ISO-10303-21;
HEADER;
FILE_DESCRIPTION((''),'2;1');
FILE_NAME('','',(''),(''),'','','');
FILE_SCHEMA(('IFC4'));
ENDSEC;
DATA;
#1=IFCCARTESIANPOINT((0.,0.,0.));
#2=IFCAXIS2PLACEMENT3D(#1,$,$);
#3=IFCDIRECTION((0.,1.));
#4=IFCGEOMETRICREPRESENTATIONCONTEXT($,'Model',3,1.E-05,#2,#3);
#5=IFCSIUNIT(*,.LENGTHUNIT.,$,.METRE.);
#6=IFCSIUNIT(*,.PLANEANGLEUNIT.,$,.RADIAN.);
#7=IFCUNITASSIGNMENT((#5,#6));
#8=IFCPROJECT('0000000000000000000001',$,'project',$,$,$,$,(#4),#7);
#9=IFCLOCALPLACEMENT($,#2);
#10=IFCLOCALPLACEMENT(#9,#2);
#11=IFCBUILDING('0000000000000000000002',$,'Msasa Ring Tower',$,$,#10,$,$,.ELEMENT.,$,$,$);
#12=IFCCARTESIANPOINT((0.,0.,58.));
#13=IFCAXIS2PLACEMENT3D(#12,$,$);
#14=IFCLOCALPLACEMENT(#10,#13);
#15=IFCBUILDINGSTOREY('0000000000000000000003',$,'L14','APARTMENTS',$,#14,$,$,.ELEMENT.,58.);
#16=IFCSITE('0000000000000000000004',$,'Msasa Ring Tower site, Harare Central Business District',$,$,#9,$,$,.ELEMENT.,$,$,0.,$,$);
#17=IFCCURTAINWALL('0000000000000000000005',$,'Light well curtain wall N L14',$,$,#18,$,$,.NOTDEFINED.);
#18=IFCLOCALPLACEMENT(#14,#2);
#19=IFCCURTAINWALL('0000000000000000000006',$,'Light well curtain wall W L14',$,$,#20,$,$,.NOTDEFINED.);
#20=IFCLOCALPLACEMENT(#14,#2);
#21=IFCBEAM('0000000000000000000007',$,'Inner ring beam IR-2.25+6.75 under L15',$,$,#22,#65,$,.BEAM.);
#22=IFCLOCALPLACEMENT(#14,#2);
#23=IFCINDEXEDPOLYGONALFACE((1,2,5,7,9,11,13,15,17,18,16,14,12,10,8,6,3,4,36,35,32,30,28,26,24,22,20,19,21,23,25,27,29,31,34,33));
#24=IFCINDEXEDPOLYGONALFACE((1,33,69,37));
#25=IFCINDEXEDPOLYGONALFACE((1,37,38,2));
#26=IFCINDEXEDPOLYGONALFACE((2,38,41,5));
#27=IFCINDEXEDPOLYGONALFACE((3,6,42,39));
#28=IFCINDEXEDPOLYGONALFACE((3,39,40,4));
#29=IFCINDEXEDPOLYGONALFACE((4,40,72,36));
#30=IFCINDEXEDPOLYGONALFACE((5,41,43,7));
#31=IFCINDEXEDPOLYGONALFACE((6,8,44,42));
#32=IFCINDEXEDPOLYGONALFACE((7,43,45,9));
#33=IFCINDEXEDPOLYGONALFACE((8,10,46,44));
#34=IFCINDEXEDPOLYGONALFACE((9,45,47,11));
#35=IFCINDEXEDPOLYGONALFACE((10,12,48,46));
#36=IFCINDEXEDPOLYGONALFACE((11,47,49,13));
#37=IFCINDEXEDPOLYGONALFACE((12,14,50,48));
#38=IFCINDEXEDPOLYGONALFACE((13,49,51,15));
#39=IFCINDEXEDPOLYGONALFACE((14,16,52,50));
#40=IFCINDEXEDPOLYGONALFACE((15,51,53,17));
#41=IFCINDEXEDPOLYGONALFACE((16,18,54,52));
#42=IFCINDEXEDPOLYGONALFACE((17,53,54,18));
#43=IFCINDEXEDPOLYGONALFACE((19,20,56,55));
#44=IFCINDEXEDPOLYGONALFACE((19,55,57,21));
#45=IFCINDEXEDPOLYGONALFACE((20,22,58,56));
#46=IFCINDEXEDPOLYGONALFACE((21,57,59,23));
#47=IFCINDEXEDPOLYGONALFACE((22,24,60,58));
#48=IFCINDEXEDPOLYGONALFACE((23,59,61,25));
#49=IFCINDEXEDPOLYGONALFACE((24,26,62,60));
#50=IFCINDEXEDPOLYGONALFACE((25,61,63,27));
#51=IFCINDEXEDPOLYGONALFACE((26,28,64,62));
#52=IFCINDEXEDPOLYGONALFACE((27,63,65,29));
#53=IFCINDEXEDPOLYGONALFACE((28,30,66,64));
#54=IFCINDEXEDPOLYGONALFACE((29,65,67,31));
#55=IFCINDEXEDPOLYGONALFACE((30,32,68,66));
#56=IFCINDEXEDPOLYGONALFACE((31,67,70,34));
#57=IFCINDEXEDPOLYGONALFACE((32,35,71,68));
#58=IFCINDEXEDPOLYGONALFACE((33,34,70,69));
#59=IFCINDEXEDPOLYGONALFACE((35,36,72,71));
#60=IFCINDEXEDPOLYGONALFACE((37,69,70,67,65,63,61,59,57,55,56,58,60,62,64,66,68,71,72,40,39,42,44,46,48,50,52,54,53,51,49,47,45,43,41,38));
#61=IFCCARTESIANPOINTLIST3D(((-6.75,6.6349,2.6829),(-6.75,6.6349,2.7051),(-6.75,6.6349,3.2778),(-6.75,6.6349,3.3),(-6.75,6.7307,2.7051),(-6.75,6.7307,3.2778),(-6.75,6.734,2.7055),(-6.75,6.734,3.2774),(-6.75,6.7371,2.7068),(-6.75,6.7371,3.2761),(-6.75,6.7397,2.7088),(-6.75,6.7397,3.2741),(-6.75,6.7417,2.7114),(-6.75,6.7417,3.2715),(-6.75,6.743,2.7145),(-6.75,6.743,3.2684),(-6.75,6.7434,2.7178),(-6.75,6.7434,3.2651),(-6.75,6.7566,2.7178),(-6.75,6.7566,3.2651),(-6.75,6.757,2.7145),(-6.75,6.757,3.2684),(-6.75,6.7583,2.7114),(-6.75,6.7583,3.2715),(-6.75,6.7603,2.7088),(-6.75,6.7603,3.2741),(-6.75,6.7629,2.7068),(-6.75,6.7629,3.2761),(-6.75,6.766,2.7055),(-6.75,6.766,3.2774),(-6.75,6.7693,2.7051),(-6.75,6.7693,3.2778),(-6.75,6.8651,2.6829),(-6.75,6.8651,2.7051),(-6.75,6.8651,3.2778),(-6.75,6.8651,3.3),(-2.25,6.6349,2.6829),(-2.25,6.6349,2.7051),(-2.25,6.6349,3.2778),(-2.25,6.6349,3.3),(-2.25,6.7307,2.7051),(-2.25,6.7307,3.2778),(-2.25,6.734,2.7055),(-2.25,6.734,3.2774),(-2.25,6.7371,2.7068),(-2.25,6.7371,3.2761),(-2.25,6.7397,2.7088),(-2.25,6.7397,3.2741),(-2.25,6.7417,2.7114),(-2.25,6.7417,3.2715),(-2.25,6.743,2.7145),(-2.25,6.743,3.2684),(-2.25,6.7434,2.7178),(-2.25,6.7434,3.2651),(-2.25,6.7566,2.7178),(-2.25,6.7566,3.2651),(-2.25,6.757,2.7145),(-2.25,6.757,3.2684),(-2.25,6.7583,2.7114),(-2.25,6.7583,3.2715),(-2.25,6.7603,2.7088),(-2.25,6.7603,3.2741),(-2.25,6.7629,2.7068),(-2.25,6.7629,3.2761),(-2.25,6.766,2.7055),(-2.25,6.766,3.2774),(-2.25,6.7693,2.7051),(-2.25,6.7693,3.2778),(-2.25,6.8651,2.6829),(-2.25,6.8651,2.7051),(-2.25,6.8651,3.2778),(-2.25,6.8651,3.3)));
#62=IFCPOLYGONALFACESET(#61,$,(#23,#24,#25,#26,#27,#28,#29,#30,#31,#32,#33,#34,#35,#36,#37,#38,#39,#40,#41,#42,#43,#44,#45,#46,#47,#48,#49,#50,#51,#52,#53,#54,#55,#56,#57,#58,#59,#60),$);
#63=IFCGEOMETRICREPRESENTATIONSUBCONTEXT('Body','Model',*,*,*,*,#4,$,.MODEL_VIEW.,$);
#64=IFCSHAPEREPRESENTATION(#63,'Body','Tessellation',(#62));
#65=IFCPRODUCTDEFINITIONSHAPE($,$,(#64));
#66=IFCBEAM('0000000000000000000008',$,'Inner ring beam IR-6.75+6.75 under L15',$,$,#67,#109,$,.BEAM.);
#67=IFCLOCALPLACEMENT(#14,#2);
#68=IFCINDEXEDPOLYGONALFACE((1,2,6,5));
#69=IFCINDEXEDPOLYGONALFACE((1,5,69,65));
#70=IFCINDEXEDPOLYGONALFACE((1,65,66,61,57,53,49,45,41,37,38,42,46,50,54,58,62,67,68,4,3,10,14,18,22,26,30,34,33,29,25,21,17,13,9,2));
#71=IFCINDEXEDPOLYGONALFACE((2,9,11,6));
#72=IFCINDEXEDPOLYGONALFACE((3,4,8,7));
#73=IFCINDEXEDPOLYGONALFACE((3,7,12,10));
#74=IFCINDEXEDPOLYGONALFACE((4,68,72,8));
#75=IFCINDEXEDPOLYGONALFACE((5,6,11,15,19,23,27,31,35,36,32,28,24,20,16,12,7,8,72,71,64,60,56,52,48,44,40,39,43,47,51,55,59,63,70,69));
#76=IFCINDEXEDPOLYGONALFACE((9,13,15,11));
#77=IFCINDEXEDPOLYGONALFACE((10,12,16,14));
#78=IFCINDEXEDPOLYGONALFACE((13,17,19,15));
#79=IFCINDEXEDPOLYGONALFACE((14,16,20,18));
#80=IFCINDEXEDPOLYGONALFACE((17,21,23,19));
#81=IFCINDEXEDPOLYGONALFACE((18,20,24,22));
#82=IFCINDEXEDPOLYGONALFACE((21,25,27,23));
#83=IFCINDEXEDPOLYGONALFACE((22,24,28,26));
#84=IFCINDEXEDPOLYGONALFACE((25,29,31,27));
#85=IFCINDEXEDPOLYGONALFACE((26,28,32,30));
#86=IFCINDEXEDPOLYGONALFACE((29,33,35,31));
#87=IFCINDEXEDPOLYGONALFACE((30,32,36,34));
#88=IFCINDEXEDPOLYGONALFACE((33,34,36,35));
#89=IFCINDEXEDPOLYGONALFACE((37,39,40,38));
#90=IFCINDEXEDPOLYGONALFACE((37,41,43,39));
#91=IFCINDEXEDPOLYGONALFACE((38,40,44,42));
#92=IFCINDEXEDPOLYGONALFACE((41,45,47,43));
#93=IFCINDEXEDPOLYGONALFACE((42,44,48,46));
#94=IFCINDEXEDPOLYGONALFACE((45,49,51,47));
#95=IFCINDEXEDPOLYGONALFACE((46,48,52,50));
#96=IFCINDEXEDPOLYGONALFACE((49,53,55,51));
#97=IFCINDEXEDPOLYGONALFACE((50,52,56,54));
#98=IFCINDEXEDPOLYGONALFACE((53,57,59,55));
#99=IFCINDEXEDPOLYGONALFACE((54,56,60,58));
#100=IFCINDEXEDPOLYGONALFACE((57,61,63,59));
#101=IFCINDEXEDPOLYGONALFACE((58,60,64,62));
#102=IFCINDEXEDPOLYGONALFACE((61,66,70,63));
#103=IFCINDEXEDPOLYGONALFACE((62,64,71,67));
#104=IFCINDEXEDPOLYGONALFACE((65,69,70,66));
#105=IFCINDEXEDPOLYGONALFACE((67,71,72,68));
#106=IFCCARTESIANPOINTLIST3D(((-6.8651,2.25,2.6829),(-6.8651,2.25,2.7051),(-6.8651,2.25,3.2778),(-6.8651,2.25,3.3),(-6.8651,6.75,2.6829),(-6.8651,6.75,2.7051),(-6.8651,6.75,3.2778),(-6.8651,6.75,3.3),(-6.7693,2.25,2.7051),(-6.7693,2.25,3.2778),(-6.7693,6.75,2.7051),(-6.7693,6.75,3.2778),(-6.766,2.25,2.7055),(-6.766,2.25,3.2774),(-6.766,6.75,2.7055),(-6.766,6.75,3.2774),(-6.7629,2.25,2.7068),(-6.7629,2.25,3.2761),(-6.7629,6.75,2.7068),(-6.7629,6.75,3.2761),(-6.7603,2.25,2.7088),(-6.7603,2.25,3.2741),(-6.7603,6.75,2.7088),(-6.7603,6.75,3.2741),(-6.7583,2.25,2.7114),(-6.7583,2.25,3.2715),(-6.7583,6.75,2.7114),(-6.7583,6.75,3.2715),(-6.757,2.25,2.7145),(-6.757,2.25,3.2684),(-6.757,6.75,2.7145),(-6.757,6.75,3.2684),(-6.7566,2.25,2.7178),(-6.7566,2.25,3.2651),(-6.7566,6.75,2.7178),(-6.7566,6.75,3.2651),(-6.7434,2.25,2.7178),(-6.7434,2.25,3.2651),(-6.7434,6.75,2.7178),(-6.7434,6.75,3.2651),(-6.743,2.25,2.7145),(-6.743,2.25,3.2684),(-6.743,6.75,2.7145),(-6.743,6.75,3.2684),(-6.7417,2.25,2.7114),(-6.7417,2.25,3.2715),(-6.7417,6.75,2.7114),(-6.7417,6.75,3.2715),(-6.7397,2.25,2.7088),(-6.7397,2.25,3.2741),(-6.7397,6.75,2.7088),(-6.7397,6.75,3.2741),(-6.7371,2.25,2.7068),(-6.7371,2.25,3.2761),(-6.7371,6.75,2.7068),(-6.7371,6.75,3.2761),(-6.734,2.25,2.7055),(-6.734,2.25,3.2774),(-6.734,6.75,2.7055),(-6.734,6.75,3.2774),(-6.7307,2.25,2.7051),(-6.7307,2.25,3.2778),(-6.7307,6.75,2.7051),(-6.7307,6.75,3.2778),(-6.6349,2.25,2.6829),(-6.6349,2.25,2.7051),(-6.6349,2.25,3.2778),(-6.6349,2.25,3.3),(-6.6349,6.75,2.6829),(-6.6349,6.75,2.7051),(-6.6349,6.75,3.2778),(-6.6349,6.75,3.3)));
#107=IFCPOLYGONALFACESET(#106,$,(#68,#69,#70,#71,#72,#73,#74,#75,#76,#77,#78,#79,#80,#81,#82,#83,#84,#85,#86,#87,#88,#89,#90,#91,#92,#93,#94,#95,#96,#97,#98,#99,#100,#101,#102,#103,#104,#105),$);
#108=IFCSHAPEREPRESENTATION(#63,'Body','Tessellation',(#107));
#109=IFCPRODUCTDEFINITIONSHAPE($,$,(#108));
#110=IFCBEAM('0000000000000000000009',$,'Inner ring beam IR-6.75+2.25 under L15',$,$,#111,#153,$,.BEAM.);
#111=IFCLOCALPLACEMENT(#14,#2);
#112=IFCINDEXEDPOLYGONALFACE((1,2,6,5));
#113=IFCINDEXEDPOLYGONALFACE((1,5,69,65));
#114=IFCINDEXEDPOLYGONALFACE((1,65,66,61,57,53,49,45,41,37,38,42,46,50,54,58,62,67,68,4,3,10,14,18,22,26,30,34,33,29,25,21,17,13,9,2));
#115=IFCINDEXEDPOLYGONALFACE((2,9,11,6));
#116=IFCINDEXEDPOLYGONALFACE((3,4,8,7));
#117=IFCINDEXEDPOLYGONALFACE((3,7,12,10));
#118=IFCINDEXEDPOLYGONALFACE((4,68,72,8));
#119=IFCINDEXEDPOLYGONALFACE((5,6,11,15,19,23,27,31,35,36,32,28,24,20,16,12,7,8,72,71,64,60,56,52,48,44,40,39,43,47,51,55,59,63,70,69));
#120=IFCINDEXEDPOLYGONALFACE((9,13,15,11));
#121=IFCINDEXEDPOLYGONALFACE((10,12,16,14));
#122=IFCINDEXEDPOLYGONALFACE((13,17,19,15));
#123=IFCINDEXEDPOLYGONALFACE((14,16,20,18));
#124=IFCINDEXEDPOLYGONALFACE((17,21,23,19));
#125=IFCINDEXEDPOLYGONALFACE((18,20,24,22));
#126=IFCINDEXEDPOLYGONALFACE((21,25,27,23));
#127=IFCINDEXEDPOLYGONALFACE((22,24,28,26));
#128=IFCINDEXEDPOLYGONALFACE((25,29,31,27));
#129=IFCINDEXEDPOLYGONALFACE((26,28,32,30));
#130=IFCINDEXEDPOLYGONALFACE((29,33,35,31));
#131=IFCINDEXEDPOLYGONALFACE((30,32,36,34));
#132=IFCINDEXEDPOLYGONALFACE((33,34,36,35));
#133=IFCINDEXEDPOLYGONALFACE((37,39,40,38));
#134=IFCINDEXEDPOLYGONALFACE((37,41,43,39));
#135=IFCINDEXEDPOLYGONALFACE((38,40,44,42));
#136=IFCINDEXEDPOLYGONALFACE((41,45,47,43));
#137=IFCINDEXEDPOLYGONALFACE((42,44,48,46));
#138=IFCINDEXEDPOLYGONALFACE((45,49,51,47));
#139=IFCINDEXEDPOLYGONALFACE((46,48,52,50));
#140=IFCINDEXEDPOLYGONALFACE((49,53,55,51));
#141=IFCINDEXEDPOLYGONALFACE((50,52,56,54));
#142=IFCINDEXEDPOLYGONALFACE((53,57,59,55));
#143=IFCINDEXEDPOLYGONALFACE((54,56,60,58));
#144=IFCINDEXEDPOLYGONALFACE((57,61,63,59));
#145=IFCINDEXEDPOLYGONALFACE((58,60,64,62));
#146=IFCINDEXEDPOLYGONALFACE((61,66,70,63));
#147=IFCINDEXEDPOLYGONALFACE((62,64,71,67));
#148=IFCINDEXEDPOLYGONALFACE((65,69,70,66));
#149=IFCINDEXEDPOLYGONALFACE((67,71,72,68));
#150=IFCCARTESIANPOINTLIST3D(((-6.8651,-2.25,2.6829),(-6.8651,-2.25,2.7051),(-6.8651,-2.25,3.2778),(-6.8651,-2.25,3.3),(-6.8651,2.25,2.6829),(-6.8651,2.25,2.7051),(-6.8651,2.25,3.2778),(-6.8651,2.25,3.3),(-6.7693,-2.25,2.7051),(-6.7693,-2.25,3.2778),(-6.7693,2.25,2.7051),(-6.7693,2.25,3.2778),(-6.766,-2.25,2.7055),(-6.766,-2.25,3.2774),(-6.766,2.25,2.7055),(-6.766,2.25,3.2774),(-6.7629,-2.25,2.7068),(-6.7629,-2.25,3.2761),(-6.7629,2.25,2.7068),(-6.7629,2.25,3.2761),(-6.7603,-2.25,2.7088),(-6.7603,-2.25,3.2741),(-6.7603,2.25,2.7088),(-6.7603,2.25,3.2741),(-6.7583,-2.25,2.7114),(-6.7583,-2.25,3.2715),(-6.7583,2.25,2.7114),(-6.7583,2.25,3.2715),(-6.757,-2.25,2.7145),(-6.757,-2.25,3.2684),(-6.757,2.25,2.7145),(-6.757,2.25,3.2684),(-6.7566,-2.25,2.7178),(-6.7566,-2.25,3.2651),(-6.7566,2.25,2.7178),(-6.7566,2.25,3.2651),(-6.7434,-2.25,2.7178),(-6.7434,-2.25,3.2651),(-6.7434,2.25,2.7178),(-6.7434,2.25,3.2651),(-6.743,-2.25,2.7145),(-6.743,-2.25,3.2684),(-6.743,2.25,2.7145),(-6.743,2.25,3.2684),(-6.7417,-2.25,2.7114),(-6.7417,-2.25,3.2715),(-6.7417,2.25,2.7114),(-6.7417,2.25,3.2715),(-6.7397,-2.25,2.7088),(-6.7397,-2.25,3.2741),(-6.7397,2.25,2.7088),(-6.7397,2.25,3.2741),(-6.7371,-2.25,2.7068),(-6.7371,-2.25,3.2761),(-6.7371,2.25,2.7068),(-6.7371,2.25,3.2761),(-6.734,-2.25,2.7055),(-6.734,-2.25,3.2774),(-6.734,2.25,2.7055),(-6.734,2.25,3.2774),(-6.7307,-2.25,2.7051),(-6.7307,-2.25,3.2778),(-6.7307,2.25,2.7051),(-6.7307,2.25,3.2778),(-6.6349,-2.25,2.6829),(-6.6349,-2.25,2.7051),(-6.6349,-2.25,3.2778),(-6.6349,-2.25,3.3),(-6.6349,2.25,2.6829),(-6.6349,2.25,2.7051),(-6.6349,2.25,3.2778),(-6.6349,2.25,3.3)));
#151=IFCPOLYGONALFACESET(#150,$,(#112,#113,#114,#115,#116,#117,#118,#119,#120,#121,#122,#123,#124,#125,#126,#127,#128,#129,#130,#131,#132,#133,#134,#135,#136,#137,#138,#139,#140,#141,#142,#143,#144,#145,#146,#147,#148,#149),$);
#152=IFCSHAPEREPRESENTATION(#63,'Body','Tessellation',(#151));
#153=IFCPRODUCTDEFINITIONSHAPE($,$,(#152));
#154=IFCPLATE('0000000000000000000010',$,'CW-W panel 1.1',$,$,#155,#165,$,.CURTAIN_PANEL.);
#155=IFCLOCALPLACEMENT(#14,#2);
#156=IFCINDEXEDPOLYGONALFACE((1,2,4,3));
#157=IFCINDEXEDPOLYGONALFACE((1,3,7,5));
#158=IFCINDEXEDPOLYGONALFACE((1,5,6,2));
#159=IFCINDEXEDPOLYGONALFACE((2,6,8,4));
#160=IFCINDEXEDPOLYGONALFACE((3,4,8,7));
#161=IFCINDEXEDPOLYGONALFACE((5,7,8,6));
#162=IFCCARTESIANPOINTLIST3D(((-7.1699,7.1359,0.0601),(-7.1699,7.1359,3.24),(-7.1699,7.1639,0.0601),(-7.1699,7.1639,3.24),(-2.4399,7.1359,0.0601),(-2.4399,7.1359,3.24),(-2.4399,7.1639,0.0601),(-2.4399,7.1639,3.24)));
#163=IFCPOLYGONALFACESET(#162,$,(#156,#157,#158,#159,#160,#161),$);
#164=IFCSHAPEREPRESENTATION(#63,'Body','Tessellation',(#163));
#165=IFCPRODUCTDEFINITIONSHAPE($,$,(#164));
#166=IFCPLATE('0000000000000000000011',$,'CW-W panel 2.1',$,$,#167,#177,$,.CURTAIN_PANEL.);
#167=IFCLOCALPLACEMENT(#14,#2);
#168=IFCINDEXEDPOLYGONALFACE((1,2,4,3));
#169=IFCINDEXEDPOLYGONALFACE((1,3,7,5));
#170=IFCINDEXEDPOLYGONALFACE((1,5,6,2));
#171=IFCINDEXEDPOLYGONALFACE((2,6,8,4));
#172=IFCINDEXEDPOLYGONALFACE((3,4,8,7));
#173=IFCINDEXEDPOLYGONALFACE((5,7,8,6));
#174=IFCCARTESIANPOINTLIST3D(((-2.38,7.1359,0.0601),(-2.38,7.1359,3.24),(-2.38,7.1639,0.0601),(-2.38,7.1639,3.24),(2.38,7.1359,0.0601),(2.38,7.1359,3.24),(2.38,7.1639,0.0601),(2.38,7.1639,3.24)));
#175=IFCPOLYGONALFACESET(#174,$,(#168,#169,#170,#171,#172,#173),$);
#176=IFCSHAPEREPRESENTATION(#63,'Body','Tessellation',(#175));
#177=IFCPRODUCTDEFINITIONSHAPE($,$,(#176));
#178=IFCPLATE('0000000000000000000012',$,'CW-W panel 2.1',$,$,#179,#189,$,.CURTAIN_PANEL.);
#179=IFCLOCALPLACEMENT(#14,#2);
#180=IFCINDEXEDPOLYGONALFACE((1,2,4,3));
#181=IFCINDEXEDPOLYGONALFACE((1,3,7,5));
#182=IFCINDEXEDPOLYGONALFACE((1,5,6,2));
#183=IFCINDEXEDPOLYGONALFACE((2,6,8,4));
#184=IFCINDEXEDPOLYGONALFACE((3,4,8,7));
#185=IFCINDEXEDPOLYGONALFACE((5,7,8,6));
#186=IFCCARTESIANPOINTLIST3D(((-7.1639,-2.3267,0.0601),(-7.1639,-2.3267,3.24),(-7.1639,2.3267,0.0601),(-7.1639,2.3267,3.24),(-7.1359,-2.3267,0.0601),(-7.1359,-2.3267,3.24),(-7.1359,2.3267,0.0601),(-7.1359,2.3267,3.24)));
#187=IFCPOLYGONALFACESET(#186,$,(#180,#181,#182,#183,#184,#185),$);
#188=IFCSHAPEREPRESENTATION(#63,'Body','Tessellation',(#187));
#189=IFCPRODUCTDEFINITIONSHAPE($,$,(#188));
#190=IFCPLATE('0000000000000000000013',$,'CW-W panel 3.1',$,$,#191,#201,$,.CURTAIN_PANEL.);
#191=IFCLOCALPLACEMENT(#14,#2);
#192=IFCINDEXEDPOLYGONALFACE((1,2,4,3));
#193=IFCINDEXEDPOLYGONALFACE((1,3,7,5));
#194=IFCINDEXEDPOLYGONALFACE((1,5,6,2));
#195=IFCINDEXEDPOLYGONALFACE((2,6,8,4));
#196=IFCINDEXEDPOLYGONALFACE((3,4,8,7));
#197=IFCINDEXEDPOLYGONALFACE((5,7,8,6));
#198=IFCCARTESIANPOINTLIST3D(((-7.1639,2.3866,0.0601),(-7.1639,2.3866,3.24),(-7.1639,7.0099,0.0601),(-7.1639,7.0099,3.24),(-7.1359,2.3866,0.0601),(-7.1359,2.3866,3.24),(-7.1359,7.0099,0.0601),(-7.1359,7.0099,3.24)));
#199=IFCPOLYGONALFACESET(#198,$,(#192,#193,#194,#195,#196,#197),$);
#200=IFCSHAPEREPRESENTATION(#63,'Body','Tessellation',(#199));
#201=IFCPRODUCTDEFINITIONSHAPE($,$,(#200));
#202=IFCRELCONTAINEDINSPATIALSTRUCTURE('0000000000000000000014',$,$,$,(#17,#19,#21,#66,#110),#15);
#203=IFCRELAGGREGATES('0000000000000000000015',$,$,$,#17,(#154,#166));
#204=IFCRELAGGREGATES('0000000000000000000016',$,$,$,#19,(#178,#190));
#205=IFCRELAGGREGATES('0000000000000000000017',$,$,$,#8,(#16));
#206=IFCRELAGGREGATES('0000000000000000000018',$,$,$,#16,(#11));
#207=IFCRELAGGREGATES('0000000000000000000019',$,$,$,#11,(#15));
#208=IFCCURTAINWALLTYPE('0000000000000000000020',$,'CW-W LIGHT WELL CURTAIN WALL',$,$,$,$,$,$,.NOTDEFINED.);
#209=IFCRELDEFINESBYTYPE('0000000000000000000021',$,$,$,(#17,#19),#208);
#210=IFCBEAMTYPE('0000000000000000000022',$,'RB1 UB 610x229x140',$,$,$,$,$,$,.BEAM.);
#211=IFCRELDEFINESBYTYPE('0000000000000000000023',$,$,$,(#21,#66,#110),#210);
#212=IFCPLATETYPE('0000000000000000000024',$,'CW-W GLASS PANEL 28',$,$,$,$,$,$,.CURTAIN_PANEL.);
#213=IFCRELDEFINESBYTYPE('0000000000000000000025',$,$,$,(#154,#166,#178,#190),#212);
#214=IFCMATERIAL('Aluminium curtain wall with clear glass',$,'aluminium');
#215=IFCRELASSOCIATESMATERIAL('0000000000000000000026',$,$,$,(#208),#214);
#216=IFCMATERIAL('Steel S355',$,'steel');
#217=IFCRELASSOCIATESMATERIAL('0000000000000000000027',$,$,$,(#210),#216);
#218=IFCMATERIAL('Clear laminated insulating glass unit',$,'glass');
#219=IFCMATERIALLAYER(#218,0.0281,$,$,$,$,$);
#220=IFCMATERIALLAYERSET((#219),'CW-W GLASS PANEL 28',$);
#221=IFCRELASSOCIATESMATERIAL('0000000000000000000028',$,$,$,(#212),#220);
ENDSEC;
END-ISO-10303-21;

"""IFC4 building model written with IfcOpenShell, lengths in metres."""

from ifc_helpers import new_model, si_unit, direction, frame, origin, origin_2d, place, context, subcontext, project, spatial, rectangle, i_section, extrude, material, layer, layer_set, material_profile, profile_set, type_object, element, aggregate, save


model = new_model("IFC4")

# Units and contexts
model_context = context("Model", 3, precision=1e-05, world=origin(), true_north=direction((0.0, 1.0)))
body_context = subcontext(model_context, "Body", "Model", "MODEL_VIEW")
ifc_project = project(units=[si_unit("LENGTHUNIT", "METRE"), si_unit("PLANEANGLEUNIT", "RADIAN")], contexts=[model_context])

# Site, building, storey
site_placement = place(None, origin())
site = spatial("IfcSite", under=ifc_project, at=site_placement, Name="Msasa Ring Tower site, Harare Central Business District", CompositionType="ELEMENT", RefElevation=0.0)
building_placement = place(site_placement, origin())
building = spatial("IfcBuilding", under=site, at=building_placement, Name="Msasa Ring Tower", CompositionType="ELEMENT")
storey_placement = place(building_placement, frame((0.0, 0.0, 58.0)))
storey = spatial("IfcBuildingStorey", under=building, at=storey_placement, Name="L14", Description="APARTMENTS", CompositionType="ELEMENT", Elevation=58.0)

# Curtain walls
ifc_material_1 = material(Name="Aluminium curtain wall with clear glass", Category="aluminium")
curtain_wall_type = type_object("IfcCurtainWallType", Name="CW-W LIGHT WELL CURTAIN WALL", PredefinedType="NOTDEFINED", material=ifc_material_1)
curtain_wall_1_placement = place(storey_placement, origin())
curtain_wall_1 = element("IfcCurtainWall", 1, at=curtain_wall_1_placement, inside=storey, type_object=curtain_wall_type, Name="Light well curtain wall N L14", PredefinedType="NOTDEFINED")
curtain_wall_2_placement = place(storey_placement, origin())
curtain_wall_2 = element("IfcCurtainWall", 2, at=curtain_wall_2_placement, inside=storey, type_object=curtain_wall_type, Name="Light well curtain wall W L14", PredefinedType="NOTDEFINED")

# Beams
ifc_material_2 = material(Name="Steel S355", Category="steel")
ifc_material_profile_1 = material_profile(ifc_material_2, i_section(OverallWidth=0.2302, OverallDepth=0.6172, WebThickness=0.0132, FlangeThickness=0.0222, FilletRadius=0.0127, at=origin_2d()), Name="UB 610x229x140")
ifc_profile_set_1 = profile_set([ifc_material_profile_1], Name="Steel S355")
beam_type = type_object("IfcBeamType", Name="RB1 UB 610x229x140", PredefinedType="BEAM", material=ifc_profile_set_1)
for number, where, z_axis, x_axis, name in (
    (3, (-2.25, 6.75, 2.9915), (-1.0, 0.0, 0.0), (0.0, -1.0, 0.0), "Inner ring beam IR-2.25+6.75 under L15"),
    (4, (-6.75, 6.75, 2.9915), (0.0, -1.0, 0.0), (1.0, 0.0, 0.0), "Inner ring beam IR-6.75+6.75 under L15"),
    (5, (-6.75, 2.25, 2.9915), (0.0, -1.0, 0.0), (1.0, 0.0, 0.0), "Inner ring beam IR-6.75+2.25 under L15"),
):
    element("IfcBeam", number, at=place(storey_placement, frame(where, z_axis=z_axis, x_axis=x_axis)), inside=storey, type_object=beam_type, Name=name, PredefinedType="BEAM", context=body_context, shape_type="SweptSolid", body=[
        extrude(i_section(OverallWidth=0.2302, OverallDepth=0.6172, WebThickness=0.0132, FlangeThickness=0.0222, FilletRadius=0.0127, at=origin_2d()), origin(), (0.0, 0.0, 1.0), 4.5),
    ])

# Plates
ifc_material_3 = material(Name="Clear laminated insulating glass unit", Category="glass")
ifc_layer_1 = layer(ifc_material_3, 0.0281)
ifc_layer_set_1 = layer_set([ifc_layer_1], Name="CW-W GLASS PANEL 28")
plate_type = type_object("IfcPlateType", Name="CW-W GLASS PANEL 28", PredefinedType="CURTAIN_PANEL", material=ifc_layer_set_1)
plate_1_placement = place(storey_placement, frame((-4.8049, 7.1499, 0.0601), z_axis=(0.0, 0.0, 1.0), x_axis=(1.0, 0.0, 0.0)))
plate_1 = element("IfcPlate", 6, at=plate_1_placement, type_object=plate_type, Name="CW-W panel 1.1", PredefinedType="CURTAIN_PANEL", context=body_context, shape_type="SweptSolid", body=[
    extrude(rectangle(XDim=4.73, YDim=0.0281, at=origin_2d()), origin(), (0.0, 0.0, 1.0), 3.1799),
])
plate_2_placement = place(storey_placement, frame((0.0, 7.1499, 0.0601), z_axis=(0.0, 0.0, 1.0), x_axis=(1.0, 0.0, 0.0)))
plate_2 = element("IfcPlate", 7, at=plate_2_placement, type_object=plate_type, Name="CW-W panel 2.1", PredefinedType="CURTAIN_PANEL", context=body_context, shape_type="SweptSolid", body=[
    extrude(rectangle(XDim=4.76, YDim=0.0281, at=origin_2d()), origin(), (0.0, 0.0, 1.0), 3.1799),
])
aggregate(curtain_wall_1, [plate_1, plate_2])
plate_3_placement = place(storey_placement, frame((-7.1499, 0.0, 0.0601), z_axis=(0.0, 0.0, 1.0), x_axis=(0.0, 1.0, 0.0)))
plate_3 = element("IfcPlate", 8, at=plate_3_placement, type_object=plate_type, Name="CW-W panel 2.1", PredefinedType="CURTAIN_PANEL", context=body_context, shape_type="SweptSolid", body=[
    extrude(rectangle(XDim=4.6533, YDim=0.0281, at=origin_2d()), origin(), (0.0, 0.0, 1.0), 3.1799),
])
plate_4_placement = place(storey_placement, frame((-7.1499, 4.6982, 0.0601), z_axis=(0.0, 0.0, 1.0), x_axis=(0.0, 1.0, 0.0)))
plate_4 = element("IfcPlate", 9, at=plate_4_placement, type_object=plate_type, Name="CW-W panel 3.1", PredefinedType="CURTAIN_PANEL", context=body_context, shape_type="SweptSolid", body=[
    extrude(rectangle(XDim=4.6233, YDim=0.0281, at=origin_2d()), origin(), (0.0, 0.0, 1.0), 3.1799),
])
aggregate(curtain_wall_2, [plate_3, plate_4])

save(model, "model.ifc")
